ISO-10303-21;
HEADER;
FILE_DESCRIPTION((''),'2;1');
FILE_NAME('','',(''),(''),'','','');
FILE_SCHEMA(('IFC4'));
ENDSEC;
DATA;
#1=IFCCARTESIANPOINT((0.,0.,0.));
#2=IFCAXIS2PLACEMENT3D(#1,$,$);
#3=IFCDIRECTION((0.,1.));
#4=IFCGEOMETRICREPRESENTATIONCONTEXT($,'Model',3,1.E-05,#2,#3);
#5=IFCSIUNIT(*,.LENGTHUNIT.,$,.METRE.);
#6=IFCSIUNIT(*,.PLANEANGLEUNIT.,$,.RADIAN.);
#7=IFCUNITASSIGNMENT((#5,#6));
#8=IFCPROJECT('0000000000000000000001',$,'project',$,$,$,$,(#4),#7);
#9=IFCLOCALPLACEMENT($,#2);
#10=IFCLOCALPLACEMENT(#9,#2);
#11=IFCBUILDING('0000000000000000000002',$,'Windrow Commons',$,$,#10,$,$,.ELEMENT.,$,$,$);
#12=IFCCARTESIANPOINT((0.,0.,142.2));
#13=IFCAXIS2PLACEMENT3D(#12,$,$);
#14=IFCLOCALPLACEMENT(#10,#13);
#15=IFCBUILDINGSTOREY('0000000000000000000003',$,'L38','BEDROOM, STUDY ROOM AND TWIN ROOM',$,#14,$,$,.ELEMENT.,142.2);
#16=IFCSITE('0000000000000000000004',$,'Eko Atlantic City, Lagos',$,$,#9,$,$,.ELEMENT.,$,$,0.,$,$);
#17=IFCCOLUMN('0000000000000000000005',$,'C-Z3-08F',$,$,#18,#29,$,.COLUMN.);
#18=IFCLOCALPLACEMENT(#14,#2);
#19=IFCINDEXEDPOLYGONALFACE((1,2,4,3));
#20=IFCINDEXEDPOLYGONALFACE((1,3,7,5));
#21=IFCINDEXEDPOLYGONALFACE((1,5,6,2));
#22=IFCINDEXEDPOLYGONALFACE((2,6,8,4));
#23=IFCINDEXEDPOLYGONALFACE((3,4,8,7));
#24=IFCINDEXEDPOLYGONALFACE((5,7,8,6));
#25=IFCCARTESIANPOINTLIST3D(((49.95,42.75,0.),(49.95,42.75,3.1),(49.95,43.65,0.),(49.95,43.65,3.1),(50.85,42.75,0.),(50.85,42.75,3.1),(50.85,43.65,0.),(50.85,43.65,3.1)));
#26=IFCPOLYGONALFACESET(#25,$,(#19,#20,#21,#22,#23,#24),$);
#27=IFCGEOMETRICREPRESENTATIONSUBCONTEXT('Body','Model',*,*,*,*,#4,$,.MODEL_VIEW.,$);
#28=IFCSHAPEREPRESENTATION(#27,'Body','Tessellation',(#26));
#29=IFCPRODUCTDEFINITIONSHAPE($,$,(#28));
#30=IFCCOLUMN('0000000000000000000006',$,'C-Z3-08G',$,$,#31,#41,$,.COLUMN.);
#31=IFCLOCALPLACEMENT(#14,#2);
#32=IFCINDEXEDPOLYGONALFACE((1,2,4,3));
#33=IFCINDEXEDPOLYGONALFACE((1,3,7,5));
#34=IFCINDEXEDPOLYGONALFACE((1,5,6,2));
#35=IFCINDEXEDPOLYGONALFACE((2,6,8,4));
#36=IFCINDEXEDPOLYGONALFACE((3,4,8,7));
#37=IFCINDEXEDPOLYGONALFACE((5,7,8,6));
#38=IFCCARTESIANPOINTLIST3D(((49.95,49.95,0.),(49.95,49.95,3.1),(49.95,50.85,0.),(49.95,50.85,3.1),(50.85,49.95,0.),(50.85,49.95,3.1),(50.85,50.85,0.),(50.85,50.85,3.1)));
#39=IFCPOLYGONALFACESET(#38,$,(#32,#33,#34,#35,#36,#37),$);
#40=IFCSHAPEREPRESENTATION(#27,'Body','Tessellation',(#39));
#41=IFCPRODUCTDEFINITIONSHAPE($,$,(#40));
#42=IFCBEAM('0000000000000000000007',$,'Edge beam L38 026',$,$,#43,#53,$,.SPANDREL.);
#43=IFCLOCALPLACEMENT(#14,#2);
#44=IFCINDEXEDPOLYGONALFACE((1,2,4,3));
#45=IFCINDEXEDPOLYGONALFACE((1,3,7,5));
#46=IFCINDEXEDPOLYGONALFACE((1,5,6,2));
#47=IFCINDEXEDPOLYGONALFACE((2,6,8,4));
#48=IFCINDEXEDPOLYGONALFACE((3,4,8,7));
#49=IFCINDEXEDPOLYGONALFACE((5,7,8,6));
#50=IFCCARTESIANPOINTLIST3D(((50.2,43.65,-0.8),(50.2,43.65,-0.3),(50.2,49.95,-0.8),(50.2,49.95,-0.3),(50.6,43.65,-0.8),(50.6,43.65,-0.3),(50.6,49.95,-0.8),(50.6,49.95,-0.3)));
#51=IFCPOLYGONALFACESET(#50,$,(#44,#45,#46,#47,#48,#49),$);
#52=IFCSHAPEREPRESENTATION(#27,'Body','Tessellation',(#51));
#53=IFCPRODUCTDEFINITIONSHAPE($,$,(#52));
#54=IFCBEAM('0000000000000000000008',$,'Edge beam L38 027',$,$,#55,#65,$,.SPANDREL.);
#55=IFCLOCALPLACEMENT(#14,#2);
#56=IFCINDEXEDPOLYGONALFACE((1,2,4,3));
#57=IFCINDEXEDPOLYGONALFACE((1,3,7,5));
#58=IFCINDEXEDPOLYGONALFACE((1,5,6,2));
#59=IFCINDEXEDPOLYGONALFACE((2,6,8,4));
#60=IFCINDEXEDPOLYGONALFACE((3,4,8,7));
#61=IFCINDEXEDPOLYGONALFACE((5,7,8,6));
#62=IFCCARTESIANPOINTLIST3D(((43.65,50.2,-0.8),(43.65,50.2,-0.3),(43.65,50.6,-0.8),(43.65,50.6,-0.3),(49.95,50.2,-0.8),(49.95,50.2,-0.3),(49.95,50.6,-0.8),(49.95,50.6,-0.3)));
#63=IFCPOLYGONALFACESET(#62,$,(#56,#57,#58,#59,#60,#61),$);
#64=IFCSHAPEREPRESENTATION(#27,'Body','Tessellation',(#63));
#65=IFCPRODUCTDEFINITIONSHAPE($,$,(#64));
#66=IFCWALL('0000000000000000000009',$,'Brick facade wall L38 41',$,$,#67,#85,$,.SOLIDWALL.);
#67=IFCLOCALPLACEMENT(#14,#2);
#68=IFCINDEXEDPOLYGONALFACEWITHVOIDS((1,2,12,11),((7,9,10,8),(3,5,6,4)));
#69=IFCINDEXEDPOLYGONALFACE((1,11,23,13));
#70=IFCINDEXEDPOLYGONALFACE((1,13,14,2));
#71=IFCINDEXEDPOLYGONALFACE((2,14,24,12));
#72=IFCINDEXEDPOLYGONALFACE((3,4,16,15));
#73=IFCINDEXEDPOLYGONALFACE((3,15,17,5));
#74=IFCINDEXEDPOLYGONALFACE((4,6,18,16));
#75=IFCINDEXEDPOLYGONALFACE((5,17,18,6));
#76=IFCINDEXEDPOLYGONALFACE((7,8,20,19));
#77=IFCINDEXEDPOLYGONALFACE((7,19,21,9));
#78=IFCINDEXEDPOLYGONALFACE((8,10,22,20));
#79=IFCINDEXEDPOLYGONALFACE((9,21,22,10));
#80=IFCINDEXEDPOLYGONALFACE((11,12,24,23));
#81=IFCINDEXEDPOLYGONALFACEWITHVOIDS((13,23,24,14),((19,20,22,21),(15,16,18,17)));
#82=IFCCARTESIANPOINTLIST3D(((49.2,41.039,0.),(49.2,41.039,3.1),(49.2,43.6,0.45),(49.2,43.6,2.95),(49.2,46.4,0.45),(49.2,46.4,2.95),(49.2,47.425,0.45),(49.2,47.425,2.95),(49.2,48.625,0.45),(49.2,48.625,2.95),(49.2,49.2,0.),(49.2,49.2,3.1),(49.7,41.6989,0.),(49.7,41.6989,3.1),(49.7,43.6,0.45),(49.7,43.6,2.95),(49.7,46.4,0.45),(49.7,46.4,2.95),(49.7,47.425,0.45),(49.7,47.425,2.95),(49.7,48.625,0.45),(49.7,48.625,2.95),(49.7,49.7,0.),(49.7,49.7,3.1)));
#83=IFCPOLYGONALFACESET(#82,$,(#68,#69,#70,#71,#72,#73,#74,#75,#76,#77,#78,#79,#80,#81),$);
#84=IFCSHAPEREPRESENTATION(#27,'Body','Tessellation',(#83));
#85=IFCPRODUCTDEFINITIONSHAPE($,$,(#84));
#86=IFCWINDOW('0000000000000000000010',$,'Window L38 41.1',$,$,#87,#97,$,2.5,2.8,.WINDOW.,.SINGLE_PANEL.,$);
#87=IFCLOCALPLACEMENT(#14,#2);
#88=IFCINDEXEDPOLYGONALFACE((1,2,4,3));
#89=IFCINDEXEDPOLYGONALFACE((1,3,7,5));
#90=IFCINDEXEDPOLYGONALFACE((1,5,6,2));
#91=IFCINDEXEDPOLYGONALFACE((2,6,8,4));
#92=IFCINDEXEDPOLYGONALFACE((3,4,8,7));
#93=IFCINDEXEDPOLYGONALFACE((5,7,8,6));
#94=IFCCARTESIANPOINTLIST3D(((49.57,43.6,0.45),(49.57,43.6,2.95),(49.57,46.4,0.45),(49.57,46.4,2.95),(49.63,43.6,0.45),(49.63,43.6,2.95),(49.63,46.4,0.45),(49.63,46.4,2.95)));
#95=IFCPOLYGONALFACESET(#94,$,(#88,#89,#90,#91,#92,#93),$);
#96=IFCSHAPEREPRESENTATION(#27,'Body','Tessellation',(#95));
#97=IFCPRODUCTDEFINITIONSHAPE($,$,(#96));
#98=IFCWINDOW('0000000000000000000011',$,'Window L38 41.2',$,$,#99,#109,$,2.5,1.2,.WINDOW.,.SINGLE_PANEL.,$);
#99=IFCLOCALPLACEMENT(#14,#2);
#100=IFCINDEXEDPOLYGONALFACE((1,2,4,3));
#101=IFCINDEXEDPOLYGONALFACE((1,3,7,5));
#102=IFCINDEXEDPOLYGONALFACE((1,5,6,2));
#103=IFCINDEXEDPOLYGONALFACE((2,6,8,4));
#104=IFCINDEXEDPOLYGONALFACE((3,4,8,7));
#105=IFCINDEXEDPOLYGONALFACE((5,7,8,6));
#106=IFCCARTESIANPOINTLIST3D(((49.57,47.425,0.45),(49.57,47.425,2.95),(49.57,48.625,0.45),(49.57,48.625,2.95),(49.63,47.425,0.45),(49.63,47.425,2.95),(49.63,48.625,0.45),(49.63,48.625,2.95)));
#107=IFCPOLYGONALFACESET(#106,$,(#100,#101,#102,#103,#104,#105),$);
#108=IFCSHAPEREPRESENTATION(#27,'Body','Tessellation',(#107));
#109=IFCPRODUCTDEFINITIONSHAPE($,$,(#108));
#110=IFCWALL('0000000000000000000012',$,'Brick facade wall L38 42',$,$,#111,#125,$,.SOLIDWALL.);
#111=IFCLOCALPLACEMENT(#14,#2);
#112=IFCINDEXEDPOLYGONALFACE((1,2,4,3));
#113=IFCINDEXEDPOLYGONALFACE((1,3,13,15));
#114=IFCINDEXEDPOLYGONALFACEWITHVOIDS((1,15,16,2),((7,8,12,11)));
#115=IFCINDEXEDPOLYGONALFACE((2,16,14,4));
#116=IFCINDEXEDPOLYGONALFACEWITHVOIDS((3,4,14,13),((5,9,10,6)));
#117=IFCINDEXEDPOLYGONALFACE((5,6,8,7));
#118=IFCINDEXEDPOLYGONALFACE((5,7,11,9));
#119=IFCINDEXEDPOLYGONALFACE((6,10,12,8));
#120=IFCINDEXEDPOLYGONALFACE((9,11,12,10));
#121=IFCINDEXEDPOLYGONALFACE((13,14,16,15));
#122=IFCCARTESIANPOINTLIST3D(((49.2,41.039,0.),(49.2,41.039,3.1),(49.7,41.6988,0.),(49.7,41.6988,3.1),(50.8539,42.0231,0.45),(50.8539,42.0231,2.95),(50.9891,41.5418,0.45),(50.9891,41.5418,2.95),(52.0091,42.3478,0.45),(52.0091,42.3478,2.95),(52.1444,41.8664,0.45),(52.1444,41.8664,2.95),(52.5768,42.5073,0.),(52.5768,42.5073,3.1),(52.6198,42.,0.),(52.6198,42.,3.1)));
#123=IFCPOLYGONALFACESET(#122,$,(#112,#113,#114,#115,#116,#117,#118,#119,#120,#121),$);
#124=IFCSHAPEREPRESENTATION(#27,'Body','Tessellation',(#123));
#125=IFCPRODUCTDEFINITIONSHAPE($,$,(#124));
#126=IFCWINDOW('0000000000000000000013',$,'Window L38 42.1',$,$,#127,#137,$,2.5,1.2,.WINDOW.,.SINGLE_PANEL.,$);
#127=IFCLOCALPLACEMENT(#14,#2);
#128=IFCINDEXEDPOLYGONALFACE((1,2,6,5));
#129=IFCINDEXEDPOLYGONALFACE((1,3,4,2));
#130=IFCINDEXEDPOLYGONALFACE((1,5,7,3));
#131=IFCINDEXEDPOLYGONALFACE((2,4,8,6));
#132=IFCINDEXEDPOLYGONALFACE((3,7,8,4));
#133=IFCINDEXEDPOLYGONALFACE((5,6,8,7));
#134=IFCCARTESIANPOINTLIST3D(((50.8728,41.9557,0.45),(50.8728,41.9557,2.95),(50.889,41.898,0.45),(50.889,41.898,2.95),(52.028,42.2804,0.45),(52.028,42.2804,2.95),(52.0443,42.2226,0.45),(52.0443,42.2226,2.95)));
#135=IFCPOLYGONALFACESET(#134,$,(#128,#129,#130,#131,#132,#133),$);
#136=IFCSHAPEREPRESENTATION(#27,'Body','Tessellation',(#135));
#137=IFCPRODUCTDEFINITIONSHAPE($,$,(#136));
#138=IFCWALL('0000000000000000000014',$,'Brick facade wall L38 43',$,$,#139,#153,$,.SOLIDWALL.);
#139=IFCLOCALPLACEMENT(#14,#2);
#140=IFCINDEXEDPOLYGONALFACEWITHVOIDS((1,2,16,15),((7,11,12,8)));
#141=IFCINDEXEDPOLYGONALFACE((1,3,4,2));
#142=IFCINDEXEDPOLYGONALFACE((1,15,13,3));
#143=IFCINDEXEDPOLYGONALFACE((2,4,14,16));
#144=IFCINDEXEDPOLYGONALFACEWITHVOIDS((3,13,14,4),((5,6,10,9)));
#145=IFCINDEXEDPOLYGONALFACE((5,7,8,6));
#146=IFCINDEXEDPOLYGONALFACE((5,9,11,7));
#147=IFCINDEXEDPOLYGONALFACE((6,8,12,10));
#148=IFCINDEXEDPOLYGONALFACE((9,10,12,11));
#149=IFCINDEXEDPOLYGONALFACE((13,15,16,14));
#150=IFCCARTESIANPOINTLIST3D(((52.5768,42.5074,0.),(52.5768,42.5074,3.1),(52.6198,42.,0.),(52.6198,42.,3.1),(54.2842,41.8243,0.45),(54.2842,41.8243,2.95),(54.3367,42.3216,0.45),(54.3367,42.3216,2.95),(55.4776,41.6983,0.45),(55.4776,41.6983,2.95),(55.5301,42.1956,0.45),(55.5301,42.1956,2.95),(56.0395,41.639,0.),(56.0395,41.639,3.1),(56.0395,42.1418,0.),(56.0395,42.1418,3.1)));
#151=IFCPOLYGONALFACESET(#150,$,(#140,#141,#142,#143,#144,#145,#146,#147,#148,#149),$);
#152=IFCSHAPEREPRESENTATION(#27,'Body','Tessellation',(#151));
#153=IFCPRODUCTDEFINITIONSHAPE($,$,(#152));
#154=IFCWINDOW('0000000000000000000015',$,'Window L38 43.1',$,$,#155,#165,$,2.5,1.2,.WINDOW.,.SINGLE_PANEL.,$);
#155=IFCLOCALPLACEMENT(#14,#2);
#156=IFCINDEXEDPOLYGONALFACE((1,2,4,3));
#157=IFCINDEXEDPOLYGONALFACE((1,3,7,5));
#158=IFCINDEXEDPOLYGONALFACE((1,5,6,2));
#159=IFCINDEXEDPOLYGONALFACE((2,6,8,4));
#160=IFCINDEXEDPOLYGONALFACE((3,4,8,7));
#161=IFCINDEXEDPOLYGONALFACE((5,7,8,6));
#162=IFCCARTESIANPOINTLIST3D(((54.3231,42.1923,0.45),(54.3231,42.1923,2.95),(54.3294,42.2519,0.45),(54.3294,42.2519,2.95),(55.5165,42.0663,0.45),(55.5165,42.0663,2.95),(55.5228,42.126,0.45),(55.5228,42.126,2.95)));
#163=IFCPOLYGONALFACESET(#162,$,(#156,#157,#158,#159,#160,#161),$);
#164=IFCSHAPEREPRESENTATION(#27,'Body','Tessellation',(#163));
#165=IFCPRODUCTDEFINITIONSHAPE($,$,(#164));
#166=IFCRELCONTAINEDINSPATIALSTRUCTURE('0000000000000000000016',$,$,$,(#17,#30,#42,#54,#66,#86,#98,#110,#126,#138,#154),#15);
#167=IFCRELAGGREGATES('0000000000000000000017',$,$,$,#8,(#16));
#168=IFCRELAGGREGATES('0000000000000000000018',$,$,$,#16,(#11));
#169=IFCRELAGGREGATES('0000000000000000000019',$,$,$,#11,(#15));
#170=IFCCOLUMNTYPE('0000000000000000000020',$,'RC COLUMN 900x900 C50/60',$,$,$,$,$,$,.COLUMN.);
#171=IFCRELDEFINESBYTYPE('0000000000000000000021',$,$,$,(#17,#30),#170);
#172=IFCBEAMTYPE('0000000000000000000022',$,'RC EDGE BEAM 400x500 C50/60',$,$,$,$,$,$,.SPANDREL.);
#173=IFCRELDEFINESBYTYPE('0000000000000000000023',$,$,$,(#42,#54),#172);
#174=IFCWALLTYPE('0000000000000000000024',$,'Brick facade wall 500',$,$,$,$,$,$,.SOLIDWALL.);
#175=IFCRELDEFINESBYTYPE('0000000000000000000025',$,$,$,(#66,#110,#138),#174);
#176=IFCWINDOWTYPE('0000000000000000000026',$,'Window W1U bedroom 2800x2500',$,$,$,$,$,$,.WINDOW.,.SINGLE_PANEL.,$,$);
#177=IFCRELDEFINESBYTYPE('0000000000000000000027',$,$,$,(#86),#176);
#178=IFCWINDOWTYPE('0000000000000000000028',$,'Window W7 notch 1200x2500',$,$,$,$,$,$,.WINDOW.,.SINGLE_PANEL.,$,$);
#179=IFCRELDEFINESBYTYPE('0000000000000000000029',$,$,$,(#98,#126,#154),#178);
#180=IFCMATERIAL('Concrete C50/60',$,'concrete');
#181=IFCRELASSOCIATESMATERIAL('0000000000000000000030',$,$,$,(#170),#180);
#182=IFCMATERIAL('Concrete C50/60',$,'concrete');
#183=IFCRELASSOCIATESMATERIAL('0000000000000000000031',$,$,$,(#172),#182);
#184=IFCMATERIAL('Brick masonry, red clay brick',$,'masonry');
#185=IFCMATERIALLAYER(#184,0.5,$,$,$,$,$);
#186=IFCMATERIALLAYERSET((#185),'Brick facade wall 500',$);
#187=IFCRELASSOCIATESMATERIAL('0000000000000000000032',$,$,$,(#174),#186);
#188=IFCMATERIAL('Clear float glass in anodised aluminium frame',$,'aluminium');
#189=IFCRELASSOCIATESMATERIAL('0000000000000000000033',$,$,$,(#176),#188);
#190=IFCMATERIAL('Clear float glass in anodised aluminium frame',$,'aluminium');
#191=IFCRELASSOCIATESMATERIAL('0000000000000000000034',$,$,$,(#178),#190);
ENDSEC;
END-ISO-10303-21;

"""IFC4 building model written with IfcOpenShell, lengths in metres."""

from ifc_helpers import new_model, si_unit, direction, frame, frame_2d, origin, origin_2d, place, context, subcontext, project, spatial, polyline, rectangle, outline, extrude, material, layer, layer_set, material_profile, profile_set, type_object, element, fill, save


model = new_model("IFC4")

# Units and contexts
model_context = context("Model", 3, precision=1e-05, world=origin(), true_north=direction((0.0, 1.0)))
body_context = subcontext(model_context, "Body", "Model", "MODEL_VIEW")
ifc_project = project(units=[si_unit("LENGTHUNIT", "METRE"), si_unit("PLANEANGLEUNIT", "RADIAN")], contexts=[model_context])

# Site, building, storey
site_placement = place(None, origin())
site = spatial("IfcSite", under=ifc_project, at=site_placement, Name="Eko Atlantic City, Lagos", CompositionType="ELEMENT", RefElevation=0.0)
building_placement = place(site_placement, origin())
building = spatial("IfcBuilding", under=site, at=building_placement, Name="Windrow Commons", CompositionType="ELEMENT")
storey_placement = place(building_placement, frame((0.0, 0.0, 142.2)))
storey = spatial("IfcBuildingStorey", under=building, at=storey_placement, Name="L38", Description="BEDROOM, STUDY ROOM AND TWIN ROOM", CompositionType="ELEMENT", Elevation=142.2)

# Columns
ifc_material_1 = material(Name="Concrete C50/60", Category="concrete")
ifc_material_profile_1 = material_profile(ifc_material_1, rectangle(XDim=0.9, YDim=0.9, at=origin_2d()))
ifc_profile_set_1 = profile_set([ifc_material_profile_1], Name="Concrete C50/60")
column_type = type_object("IfcColumnType", Name="RC COLUMN 900x900 C50/60", PredefinedType="COLUMN", material=ifc_profile_set_1)
for number, where, z_axis, x_axis, name in (
    (1, (50.4, 43.2, 0.0), (0.0, 0.0, 1.0), (1.0, 0.0, 0.0), "C-Z3-08F"),
    (2, (50.4, 50.4, 0.0), (0.0, 0.0, 1.0), (1.0, 0.0, 0.0), "C-Z3-08G"),
):
    element("IfcColumn", number, at=place(storey_placement, frame(where, z_axis=z_axis, x_axis=x_axis)), inside=storey, type_object=column_type, Name=name, PredefinedType="COLUMN", context=body_context, shape_type="SweptSolid", body=[
        extrude(rectangle(XDim=0.9, YDim=0.9, at=origin_2d()), origin(), (0.0, 0.0, 1.0), 3.1),
    ])

# Beams
ifc_material_2 = material(Name="Concrete C50/60", Category="concrete")
ifc_material_profile_2 = material_profile(ifc_material_2, rectangle(XDim=0.4, YDim=0.5, at=origin_2d()))
ifc_profile_set_2 = profile_set([ifc_material_profile_2], Name="Concrete C50/60")
beam_type = type_object("IfcBeamType", Name="RC EDGE BEAM 400x500 C50/60", PredefinedType="SPANDREL", material=ifc_profile_set_2)
for number, where, z_axis, x_axis, name in (
    (3, (50.4, 43.65, -0.55), (0.0, 1.0, 0.0), (-1.0, 0.0, 0.0), "Edge beam L38 026"),
    (4, (49.95, 50.4, -0.55), (-1.0, 0.0, 0.0), (0.0, -1.0, 0.0), "Edge beam L38 027"),
):
    element("IfcBeam", number, at=place(storey_placement, frame(where, z_axis=z_axis, x_axis=x_axis)), inside=storey, type_object=beam_type, Name=name, PredefinedType="SPANDREL", context=body_context, shape_type="SweptSolid", body=[
        extrude(rectangle(XDim=0.4, YDim=0.5, at=origin_2d()), origin(), (0.0, 0.0, 1.0), 6.3),
    ])

# Wall, openings, windows
ifc_material_3 = material(Name="Brick masonry, red clay brick", Category="masonry")
ifc_layer_1 = layer(ifc_material_3, 0.5)
ifc_layer_set_1 = layer_set([ifc_layer_1], Name="Brick facade wall 500")
wall_type_1 = type_object("IfcWallType", Name="Brick facade wall 500", PredefinedType="SOLIDWALL", material=ifc_layer_set_1)
wall_1_placement = place(storey_placement, frame((49.45, 49.45, 0.0), z_axis=(0.0, 0.0, 1.0), x_axis=(0.0, -1.0, 0.0)))
wall_1 = element("IfcWall", 5, at=wall_1_placement, inside=storey, type_object=wall_type_1, Name="Brick facade wall L38 41", PredefinedType="SOLIDWALL", context=body_context, shape_type="SweptSolid", body=[
    extrude(outline(polyline([(0.25, -0.25), (8.411, -0.25), (7.7511, 0.25), (-0.25, 0.25), (0.25, -0.25)])), origin(), (0.0, 0.0, 1.0), 3.1),
])
opening_1_placement = place(wall_1_placement, frame((3.05, 0.0, 0.45)))
opening_1 = element("IfcOpeningElement", 6, at=opening_1_placement, cuts=wall_1, PredefinedType="OPENING", context=body_context, shape_type="SweptSolid", body=[
    extrude(rectangle(XDim=2.8, YDim=2.5, at=frame_2d((1.4, 1.25))), frame((0.0, 0.26, 0.0), z_axis=(0.0, -1.0, 0.0), x_axis=(1.0, 0.0, 0.0)), (0.0, 0.0, 1.0), 0.52),
])
opening_2_placement = place(wall_1_placement, frame((0.825, 0.0, 0.45)))
opening_2 = element("IfcOpeningElement", 7, at=opening_2_placement, cuts=wall_1, PredefinedType="OPENING", context=body_context, shape_type="SweptSolid", body=[
    extrude(rectangle(XDim=1.2, YDim=2.5, at=frame_2d((0.6, 1.25))), frame((0.0, 0.26, 0.0), z_axis=(0.0, -1.0, 0.0), x_axis=(1.0, 0.0, 0.0)), (0.0, 0.0, 1.0), 0.52),
])
ifc_material_4 = material(Name="Clear float glass in anodised aluminium frame", Category="aluminium")
window_type_1 = type_object("IfcWindowType", Name="Window W1U bedroom 2800x2500", PartitioningType="SINGLE_PANEL", PredefinedType="WINDOW", material=ifc_material_4)
window_1_placement = place(opening_1_placement, origin())
window_1 = element("IfcWindow", 8, at=window_1_placement, inside=storey, type_object=window_type_1, Name="Window L38 41.1", OverallHeight=2.5, OverallWidth=2.8, PartitioningType="SINGLE_PANEL", PredefinedType="WINDOW", context=body_context, shape_type="SweptSolid", body=[
    extrude(rectangle(XDim=2.8, YDim=2.5, at=frame_2d((1.4, 1.25))), frame((0.0, 0.18, 0.0), z_axis=(0.0, -1.0, 0.0), x_axis=(1.0, 0.0, 0.0)), (0.0, 0.0, 1.0), 0.06),
])
fill(opening_1, window_1)
ifc_material_5 = material(Name="Clear float glass in anodised aluminium frame", Category="aluminium")
window_type_2 = type_object("IfcWindowType", Name="Window W7 notch 1200x2500", PartitioningType="SINGLE_PANEL", PredefinedType="WINDOW", material=ifc_material_5)
window_2_placement = place(opening_2_placement, origin())
window_2 = element("IfcWindow", 9, at=window_2_placement, inside=storey, type_object=window_type_2, Name="Window L38 41.2", OverallHeight=2.5, OverallWidth=1.2, PartitioningType="SINGLE_PANEL", PredefinedType="WINDOW", context=body_context, shape_type="SweptSolid", body=[
    extrude(rectangle(XDim=1.2, YDim=2.5, at=frame_2d((0.6, 1.25))), frame((0.0, 0.18, 0.0), z_axis=(0.0, -1.0, 0.0), x_axis=(1.0, 0.0, 0.0)), (0.0, 0.0, 1.0), 0.06),
])
fill(opening_2, window_2)

# Walls, openings, windows
wall_2_placement = place(storey_placement, frame((49.45, 41.3689, 0.0), z_axis=(0.0, 0.0, 1.0), x_axis=(0.962703, 0.270559, 0.0)))
wall_2 = element("IfcWall", 10, at=wall_2_placement, inside=storey, type_object=wall_type_1, Name="Brick facade wall L38 42", PredefinedType="SOLIDWALL", context=body_context, shape_type="SweptSolid", body=[
    extrude(outline(polyline([(-0.3299, -0.25), (3.2223, -0.25), (3.3182, 0.25), (0.3299, 0.25), (-0.3299, -0.25)])), origin(), (0.0, 0.0, 1.0), 3.1),
])
opening_3_placement = place(wall_2_placement, frame((1.5285, 0.0, 0.45)))
opening_3 = element("IfcOpeningElement", 11, at=opening_3_placement, cuts=wall_2, PredefinedType="OPENING", context=body_context, shape_type="SweptSolid", body=[
    extrude(rectangle(XDim=1.2, YDim=2.5, at=frame_2d((0.6, 1.25))), frame((0.0, 0.26, 0.0), z_axis=(0.0, -1.0, 0.0), x_axis=(1.0, 0.0, 0.0)), (0.0, 0.0, 1.0), 0.52),
])
window_3_placement = place(opening_3_placement, origin())
window_3 = element("IfcWindow", 12, at=window_3_placement, inside=storey, type_object=window_type_2, Name="Window L38 42.1", OverallHeight=2.5, OverallWidth=1.2, PartitioningType="SINGLE_PANEL", PredefinedType="WINDOW", context=body_context, shape_type="SweptSolid", body=[
    extrude(rectangle(XDim=1.2, YDim=2.5, at=frame_2d((0.6, 1.25))), frame((0.0, 0.18, 0.0), z_axis=(0.0, -1.0, 0.0), x_axis=(1.0, 0.0, 0.0)), (0.0, 0.0, 1.0), 0.06),
])
fill(opening_3, window_3)
wall_3_placement = place(storey_placement, frame((52.5983, 42.2537, 0.0), z_axis=(0.0, 0.0, 1.0), x_axis=(0.994473, -0.10499, 0.0)))
wall_3 = element("IfcWall", 13, at=wall_3_placement, inside=storey, type_object=wall_type_1, Name="Brick facade wall L38 43", PredefinedType="SOLIDWALL", context=body_context, shape_type="SweptSolid", body=[
    extrude(outline(polyline([(0.048, -0.25), (3.4867, -0.25), (3.4339, 0.25), (-0.048, 0.25), (0.048, -0.25)])), origin(), (0.0, 0.0, 1.0), 3.1),
])
opening_4_placement = place(wall_3_placement, frame((1.7217, 0.0, 0.45)))
opening_4 = element("IfcOpeningElement", 14, at=opening_4_placement, cuts=wall_3, PredefinedType="OPENING", context=body_context, shape_type="SweptSolid", body=[
    extrude(rectangle(XDim=1.2, YDim=2.5, at=frame_2d((0.6, 1.25))), frame((0.0, 0.26, 0.0), z_axis=(0.0, -1.0, 0.0), x_axis=(1.0, 0.0, 0.0)), (0.0, 0.0, 1.0), 0.52),
])
window_4_placement = place(opening_4_placement, origin())
window_4 = element("IfcWindow", 15, at=window_4_placement, inside=storey, type_object=window_type_2, Name="Window L38 43.1", OverallHeight=2.5, OverallWidth=1.2, PartitioningType="SINGLE_PANEL", PredefinedType="WINDOW", context=body_context, shape_type="SweptSolid", body=[
    extrude(rectangle(XDim=1.2, YDim=2.5, at=frame_2d((0.6, 1.25))), frame((0.0, 0.18, 0.0), z_axis=(0.0, -1.0, 0.0), x_axis=(1.0, 0.0, 0.0)), (0.0, 0.0, 1.0), 0.06),
])
fill(opening_4, window_4)

save(model, "model.ifc")
